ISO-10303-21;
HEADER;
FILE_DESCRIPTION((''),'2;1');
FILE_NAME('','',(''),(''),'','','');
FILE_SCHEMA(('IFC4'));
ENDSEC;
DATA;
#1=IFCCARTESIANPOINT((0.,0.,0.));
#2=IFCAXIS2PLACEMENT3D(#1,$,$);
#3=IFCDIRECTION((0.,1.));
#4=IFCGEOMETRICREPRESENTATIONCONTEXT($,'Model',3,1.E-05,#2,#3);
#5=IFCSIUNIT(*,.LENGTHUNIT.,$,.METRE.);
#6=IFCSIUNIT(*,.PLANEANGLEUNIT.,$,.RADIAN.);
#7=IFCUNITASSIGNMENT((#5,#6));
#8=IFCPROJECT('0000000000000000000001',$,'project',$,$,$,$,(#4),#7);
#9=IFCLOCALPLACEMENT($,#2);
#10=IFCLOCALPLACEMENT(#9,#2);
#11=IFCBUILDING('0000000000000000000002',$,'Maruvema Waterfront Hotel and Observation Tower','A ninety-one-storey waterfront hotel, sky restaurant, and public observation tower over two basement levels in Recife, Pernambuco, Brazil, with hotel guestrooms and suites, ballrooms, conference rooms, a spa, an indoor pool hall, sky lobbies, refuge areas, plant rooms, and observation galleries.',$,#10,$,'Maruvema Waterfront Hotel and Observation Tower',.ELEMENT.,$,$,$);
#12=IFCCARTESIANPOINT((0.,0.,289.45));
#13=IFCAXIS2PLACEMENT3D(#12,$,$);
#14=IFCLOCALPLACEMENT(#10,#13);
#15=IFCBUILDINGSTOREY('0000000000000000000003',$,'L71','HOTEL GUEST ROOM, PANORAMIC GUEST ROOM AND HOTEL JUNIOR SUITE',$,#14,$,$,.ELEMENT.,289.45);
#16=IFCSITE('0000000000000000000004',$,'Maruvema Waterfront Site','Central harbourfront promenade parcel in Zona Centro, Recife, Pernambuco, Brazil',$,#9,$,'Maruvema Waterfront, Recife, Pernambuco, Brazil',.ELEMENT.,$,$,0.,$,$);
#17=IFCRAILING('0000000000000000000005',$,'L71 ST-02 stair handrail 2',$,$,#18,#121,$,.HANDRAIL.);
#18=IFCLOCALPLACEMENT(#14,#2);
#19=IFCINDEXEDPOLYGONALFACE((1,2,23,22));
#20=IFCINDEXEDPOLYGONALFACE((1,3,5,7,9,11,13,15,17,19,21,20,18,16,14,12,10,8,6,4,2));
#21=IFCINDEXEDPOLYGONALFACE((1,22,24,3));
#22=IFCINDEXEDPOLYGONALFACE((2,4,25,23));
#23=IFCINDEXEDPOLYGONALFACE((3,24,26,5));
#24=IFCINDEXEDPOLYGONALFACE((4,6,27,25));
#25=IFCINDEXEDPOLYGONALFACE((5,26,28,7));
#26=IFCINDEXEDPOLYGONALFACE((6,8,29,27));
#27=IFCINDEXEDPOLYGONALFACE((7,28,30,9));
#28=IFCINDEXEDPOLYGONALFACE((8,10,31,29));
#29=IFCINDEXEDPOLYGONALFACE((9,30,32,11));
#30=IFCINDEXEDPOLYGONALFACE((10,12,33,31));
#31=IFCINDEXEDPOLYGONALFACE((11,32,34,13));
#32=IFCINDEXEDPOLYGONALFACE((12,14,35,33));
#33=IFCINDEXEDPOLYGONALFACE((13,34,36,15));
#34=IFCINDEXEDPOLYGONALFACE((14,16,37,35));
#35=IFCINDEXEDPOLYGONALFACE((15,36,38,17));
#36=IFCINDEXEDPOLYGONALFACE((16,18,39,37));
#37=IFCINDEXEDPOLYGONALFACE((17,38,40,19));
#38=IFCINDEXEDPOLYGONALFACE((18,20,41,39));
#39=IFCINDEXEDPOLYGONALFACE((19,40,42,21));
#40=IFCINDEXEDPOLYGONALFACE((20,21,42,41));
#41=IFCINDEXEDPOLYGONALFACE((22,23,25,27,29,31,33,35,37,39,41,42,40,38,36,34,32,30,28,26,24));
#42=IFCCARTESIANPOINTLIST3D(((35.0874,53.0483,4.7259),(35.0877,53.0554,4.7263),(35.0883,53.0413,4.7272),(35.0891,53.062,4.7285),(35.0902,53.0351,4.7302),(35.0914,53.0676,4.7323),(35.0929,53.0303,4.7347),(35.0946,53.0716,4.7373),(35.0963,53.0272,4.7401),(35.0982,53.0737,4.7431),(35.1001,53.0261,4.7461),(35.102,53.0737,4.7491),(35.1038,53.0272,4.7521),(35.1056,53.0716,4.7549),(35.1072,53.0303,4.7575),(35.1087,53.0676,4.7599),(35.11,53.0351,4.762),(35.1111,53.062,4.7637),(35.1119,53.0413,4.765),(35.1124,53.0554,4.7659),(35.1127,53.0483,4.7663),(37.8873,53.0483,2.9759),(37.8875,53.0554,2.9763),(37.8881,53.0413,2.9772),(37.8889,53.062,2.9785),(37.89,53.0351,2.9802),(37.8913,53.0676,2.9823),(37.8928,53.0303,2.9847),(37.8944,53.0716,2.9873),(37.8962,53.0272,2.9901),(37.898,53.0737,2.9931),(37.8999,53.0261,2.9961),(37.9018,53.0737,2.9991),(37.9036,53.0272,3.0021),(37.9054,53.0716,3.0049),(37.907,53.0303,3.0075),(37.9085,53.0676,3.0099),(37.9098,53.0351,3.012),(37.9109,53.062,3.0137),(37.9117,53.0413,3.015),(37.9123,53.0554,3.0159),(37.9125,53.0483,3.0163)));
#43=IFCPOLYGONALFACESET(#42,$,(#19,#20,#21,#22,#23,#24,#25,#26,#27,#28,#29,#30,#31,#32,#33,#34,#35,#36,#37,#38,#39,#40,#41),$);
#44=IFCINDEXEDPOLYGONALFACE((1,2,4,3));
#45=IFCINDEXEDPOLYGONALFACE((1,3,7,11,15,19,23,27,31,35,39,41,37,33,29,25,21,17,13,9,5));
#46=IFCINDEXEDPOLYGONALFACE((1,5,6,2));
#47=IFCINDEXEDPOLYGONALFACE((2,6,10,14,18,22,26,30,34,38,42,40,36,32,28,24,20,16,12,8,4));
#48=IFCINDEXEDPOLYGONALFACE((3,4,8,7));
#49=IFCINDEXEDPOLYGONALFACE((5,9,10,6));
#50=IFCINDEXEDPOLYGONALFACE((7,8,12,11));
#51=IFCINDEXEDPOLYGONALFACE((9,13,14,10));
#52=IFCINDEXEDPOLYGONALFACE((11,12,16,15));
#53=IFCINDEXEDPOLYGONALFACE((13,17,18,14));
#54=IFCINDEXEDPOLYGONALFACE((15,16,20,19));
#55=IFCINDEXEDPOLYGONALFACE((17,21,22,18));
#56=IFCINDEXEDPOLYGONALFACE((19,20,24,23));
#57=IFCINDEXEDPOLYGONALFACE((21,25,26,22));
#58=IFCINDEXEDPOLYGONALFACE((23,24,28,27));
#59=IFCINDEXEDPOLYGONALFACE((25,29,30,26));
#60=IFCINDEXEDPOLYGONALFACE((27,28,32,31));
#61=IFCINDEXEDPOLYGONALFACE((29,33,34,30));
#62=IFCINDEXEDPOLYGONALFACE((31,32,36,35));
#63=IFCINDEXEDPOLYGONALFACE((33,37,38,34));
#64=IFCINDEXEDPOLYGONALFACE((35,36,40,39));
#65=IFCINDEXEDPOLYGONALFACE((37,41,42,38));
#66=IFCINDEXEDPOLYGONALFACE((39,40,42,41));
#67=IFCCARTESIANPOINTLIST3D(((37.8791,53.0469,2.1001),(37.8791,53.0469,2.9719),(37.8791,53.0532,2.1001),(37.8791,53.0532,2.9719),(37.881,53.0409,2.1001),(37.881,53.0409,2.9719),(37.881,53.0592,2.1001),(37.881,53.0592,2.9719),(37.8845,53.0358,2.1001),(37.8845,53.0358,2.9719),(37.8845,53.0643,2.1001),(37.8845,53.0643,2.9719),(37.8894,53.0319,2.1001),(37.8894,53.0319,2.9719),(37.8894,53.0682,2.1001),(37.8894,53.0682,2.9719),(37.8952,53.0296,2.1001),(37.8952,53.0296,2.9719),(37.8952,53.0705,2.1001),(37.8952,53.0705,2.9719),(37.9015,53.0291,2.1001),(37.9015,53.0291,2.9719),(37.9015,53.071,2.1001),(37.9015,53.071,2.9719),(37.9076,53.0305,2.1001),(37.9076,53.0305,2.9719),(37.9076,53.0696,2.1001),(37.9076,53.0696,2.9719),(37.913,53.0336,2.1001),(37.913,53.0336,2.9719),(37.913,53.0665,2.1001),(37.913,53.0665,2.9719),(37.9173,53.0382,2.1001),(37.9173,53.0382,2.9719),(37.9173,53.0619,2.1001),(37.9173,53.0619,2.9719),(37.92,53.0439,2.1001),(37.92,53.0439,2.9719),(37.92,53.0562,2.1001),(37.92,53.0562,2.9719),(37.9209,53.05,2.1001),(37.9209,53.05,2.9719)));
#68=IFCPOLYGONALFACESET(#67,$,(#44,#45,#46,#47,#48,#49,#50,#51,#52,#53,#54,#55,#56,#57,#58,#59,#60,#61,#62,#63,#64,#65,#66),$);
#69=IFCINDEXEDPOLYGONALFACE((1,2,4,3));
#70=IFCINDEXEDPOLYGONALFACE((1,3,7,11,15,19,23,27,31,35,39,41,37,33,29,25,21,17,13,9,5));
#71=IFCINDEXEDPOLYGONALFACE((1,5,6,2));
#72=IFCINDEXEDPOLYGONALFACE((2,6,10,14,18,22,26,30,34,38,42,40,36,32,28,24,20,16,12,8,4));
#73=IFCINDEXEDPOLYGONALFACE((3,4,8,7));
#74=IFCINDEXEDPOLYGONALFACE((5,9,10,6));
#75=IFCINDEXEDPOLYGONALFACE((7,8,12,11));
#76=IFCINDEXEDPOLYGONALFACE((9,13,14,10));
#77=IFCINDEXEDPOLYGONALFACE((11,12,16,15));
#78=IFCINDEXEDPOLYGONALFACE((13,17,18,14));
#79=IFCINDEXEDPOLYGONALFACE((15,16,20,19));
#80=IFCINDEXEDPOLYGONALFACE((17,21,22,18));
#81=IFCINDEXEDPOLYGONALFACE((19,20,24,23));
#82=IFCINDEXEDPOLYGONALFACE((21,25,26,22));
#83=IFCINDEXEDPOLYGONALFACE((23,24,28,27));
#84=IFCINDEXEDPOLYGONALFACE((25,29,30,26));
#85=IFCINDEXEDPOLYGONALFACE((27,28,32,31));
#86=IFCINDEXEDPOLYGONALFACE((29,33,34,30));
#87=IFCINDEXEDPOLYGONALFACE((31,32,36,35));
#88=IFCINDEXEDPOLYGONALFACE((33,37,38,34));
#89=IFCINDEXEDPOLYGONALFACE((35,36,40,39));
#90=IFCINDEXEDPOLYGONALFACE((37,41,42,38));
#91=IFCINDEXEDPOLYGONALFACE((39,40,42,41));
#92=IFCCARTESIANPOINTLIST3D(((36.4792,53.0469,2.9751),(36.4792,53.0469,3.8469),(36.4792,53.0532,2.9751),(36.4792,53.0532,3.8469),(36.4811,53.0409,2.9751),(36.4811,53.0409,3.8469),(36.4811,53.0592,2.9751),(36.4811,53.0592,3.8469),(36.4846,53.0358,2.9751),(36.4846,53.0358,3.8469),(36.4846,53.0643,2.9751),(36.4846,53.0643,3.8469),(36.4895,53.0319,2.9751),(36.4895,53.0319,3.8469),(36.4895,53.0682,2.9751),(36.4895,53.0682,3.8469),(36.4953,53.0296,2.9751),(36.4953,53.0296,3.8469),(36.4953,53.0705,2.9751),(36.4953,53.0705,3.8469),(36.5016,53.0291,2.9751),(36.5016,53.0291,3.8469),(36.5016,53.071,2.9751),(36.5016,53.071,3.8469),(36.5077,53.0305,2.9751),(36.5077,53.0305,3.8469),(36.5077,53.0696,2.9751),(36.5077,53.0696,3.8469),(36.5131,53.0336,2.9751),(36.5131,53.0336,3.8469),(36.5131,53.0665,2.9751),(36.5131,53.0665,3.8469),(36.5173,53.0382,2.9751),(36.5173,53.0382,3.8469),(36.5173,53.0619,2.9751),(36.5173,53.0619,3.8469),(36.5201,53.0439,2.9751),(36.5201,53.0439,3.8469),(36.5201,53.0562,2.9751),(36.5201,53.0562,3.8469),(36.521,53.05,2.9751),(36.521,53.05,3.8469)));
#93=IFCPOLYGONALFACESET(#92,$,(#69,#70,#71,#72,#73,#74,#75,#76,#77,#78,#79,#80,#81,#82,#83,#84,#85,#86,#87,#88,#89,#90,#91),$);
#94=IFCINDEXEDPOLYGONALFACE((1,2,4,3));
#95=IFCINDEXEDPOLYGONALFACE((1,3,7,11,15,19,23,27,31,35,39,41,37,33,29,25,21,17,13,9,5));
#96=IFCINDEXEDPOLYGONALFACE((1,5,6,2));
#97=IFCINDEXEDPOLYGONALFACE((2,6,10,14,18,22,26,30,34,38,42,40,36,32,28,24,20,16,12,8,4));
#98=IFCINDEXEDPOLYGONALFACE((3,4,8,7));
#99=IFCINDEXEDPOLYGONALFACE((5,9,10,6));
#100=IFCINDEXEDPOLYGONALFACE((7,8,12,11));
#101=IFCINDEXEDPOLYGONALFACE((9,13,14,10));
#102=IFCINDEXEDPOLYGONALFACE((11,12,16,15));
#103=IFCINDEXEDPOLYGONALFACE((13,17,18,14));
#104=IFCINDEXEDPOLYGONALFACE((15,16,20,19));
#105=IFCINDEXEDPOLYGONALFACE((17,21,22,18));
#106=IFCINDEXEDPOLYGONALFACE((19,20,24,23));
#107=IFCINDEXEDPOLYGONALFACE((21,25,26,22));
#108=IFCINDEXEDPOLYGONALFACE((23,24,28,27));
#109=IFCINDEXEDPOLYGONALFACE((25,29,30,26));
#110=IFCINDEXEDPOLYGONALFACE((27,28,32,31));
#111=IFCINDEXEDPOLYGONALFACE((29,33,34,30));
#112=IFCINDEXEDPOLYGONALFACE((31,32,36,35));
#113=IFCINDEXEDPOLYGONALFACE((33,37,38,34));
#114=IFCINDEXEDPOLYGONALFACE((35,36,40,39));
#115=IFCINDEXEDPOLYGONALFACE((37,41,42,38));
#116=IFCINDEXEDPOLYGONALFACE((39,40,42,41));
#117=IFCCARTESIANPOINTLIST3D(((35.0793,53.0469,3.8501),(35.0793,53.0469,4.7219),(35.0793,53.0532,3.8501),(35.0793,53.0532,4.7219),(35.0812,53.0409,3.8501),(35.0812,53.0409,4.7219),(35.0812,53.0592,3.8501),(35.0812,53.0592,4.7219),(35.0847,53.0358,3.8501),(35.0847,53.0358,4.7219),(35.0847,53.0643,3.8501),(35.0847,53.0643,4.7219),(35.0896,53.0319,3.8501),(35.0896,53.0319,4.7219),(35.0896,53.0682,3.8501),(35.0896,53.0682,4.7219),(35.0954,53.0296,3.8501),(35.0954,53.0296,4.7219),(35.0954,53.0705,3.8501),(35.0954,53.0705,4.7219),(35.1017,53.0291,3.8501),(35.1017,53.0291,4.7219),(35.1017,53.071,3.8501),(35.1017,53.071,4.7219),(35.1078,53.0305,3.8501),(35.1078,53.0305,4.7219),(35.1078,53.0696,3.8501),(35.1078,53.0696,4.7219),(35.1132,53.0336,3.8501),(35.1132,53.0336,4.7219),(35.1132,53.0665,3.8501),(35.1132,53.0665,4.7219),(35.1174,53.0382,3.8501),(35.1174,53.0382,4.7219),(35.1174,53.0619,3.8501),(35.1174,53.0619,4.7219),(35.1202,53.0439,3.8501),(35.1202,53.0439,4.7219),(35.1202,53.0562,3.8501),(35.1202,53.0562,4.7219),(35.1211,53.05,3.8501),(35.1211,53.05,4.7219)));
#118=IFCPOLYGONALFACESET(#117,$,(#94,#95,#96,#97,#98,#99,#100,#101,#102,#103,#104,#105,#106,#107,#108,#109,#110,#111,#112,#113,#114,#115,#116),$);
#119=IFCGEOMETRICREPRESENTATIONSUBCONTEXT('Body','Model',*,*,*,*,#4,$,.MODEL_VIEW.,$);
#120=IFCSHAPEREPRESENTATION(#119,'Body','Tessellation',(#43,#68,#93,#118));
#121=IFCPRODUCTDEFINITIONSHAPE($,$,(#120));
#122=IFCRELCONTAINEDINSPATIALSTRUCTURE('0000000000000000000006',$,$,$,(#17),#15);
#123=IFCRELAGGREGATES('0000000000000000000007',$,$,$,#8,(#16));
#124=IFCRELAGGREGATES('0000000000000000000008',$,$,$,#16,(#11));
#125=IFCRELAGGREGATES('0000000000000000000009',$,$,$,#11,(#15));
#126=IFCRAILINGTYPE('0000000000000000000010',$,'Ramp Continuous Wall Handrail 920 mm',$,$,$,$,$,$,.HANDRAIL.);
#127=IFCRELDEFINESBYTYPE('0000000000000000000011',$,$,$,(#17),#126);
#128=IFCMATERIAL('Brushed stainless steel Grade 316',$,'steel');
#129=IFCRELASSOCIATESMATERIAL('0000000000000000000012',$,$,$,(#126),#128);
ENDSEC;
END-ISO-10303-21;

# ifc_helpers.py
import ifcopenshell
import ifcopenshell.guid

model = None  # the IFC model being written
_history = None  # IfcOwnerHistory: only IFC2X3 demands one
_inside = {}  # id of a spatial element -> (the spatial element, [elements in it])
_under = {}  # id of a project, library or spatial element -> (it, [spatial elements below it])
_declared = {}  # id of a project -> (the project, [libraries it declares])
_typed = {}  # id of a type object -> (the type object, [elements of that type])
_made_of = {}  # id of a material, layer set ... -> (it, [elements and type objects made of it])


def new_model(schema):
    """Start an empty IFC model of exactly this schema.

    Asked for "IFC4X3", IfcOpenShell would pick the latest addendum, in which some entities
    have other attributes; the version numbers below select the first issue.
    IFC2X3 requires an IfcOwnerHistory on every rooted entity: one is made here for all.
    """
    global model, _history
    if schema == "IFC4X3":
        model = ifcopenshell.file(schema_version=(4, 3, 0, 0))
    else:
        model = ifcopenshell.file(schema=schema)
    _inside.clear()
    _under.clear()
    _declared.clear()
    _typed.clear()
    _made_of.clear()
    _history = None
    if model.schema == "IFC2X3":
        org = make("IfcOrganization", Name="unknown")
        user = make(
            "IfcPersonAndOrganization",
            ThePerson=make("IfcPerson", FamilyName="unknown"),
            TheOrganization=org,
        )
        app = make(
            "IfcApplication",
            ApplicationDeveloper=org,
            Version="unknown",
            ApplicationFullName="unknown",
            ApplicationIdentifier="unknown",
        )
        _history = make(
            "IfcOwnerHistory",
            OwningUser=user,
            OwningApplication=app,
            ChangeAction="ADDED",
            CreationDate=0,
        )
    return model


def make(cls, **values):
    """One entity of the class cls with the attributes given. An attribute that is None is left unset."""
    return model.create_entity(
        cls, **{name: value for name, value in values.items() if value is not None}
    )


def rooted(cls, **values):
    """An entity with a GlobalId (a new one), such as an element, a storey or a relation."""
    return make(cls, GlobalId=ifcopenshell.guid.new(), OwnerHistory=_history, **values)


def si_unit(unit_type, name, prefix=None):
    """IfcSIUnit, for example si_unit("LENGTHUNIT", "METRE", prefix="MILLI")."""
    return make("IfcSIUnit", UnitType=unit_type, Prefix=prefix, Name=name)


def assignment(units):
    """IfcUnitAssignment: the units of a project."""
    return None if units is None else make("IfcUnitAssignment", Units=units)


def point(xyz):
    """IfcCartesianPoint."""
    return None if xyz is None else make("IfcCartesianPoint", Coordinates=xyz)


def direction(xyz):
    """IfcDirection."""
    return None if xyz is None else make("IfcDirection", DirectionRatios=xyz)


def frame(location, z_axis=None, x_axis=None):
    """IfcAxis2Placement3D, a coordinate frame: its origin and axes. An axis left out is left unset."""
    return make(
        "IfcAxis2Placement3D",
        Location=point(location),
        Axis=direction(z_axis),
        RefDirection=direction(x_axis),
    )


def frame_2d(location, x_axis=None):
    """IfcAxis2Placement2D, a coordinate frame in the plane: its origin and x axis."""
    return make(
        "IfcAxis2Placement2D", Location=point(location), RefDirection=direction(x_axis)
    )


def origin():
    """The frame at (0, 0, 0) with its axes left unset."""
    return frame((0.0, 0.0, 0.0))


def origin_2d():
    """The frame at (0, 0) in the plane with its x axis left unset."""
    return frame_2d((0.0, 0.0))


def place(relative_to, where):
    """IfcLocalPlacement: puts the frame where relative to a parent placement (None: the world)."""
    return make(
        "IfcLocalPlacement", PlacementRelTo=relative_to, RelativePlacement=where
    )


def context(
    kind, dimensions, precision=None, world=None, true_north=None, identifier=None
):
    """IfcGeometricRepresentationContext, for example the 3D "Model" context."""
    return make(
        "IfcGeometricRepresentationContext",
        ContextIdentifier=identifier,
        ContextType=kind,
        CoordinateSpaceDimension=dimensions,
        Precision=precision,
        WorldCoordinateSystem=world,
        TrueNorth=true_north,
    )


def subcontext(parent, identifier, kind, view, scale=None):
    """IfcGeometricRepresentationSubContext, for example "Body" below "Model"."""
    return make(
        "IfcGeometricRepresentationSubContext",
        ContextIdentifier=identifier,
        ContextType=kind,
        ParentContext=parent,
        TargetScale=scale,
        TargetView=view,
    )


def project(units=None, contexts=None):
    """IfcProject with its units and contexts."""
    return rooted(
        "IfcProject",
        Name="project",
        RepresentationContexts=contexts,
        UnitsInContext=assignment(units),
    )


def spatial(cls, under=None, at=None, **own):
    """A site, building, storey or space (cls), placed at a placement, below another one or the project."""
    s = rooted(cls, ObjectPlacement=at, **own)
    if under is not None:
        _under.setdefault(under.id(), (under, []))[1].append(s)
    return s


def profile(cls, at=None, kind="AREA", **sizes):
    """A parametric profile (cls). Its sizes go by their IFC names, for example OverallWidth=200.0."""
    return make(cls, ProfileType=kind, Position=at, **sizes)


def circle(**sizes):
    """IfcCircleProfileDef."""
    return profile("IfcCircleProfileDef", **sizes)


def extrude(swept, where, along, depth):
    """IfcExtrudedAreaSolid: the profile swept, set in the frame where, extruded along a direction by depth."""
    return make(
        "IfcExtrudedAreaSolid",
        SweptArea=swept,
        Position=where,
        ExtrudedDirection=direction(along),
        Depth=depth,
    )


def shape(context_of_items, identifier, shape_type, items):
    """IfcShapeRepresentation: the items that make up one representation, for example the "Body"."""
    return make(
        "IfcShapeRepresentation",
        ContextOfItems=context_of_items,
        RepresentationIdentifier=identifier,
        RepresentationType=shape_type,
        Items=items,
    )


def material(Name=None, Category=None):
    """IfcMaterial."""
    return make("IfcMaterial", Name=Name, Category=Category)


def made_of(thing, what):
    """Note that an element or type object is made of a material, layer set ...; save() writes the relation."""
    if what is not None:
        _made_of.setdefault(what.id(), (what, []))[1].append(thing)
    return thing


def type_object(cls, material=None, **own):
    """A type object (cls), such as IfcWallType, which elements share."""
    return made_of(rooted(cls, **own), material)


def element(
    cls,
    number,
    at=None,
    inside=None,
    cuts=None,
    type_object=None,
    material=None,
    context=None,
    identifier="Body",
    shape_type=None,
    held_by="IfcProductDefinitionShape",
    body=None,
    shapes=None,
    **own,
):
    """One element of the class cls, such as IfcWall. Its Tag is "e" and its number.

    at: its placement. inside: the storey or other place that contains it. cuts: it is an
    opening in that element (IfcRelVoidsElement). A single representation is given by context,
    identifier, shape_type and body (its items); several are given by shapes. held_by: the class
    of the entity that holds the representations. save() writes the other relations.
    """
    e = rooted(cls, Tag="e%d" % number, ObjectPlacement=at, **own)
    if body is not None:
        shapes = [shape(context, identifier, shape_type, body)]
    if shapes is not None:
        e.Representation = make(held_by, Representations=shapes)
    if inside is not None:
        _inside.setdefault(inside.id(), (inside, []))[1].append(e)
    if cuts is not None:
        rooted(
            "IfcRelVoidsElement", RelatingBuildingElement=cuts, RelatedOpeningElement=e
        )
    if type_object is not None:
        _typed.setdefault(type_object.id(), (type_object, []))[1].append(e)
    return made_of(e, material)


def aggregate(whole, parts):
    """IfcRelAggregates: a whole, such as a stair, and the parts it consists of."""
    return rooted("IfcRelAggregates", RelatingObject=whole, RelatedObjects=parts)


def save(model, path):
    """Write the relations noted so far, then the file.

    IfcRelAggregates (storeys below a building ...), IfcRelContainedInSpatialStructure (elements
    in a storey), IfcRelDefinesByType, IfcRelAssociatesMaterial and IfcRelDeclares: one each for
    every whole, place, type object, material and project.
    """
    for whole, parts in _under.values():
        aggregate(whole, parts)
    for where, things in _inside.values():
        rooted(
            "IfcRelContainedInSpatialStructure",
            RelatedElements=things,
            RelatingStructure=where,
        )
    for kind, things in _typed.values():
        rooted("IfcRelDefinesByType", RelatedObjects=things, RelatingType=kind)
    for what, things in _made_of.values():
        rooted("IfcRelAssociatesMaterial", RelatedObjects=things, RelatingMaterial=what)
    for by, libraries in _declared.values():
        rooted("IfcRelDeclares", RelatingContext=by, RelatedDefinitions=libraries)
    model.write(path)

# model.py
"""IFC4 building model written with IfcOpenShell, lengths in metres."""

from ifc_helpers import new_model, si_unit, direction, frame, origin, origin_2d, place, context, subcontext, project, spatial, circle, extrude, material, type_object, element, save


model = new_model("IFC4")

# Units and contexts
model_context = context("Model", 3, precision=1e-05, world=origin(), true_north=direction((0.0, 1.0)))
body_context = subcontext(model_context, "Body", "Model", "MODEL_VIEW")
ifc_project = project(units=[si_unit("LENGTHUNIT", "METRE"), si_unit("PLANEANGLEUNIT", "RADIAN")], contexts=[model_context])

# Site, building, storey
site_placement = place(None, origin())
site = spatial("IfcSite", under=ifc_project, at=site_placement, Name="Maruvema Waterfront Site", Description="Central harbourfront promenade parcel in Zona Centro, Recife, Pernambuco, Brazil", LongName="Maruvema Waterfront, Recife, Pernambuco, Brazil", CompositionType="ELEMENT", RefElevation=0.0)
building_placement = place(site_placement, origin())
building = spatial("IfcBuilding", under=site, at=building_placement, Name="Maruvema Waterfront Hotel and Observation Tower", Description="A ninety-one-storey waterfront hotel, sky restaurant, and public observation tower over two basement levels in Recife, Pernambuco, Brazil, with hotel guestrooms and suites, ballrooms, conference rooms, a spa, an indoor pool hall, sky lobbies, refuge areas, plant rooms, and observation galleries.", LongName="Maruvema Waterfront Hotel and Observation Tower", CompositionType="ELEMENT")
storey_placement = place(building_placement, frame((0.0, 0.0, 289.45)))
storey = spatial("IfcBuildingStorey", under=building, at=storey_placement, Name="L71", Description="HOTEL GUEST ROOM, PANORAMIC GUEST ROOM AND HOTEL JUNIOR SUITE", CompositionType="ELEMENT", Elevation=289.45)

# Railing
ifc_material_1 = material(Name="Brushed stainless steel Grade 316", Category="steel")
railing_type_1 = type_object("IfcRailingType", Name="Ramp Continuous Wall Handrail 920 mm", PredefinedType="HANDRAIL", material=ifc_material_1)
railing_1_placement = place(storey_placement, frame((37.8999, 53.05, 2.1001)))
element("IfcRailing", 1, at=railing_1_placement, inside=storey, type_object=railing_type_1, Name="L71 ST-02 stair handrail 2", PredefinedType="HANDRAIL", context=body_context, shape_type="SweptSolid", body=[
    extrude(circle(Radius=0.0239, at=origin_2d()), frame((0.0, 0.0, 0.896), z_axis=(-0.847982, 0.0, 0.530026), x_axis=(0.0, -1.0, 0.0)), (0.0, 0.0, 1.0), 3.3018),
    extrude(circle(Radius=0.021, at=origin_2d()), origin(), (0.0, 0.0, 1.0), 0.8718),
    extrude(circle(Radius=0.021, at=origin_2d()), frame((-1.3999, 0.0, 0.875)), (0.0, 0.0, 1.0), 0.8718),
    extrude(circle(Radius=0.021, at=origin_2d()), frame((-2.7998, 0.0, 1.75)), (0.0, 0.0, 1.0), 0.8718),
])

save(model, "model.ifc")
